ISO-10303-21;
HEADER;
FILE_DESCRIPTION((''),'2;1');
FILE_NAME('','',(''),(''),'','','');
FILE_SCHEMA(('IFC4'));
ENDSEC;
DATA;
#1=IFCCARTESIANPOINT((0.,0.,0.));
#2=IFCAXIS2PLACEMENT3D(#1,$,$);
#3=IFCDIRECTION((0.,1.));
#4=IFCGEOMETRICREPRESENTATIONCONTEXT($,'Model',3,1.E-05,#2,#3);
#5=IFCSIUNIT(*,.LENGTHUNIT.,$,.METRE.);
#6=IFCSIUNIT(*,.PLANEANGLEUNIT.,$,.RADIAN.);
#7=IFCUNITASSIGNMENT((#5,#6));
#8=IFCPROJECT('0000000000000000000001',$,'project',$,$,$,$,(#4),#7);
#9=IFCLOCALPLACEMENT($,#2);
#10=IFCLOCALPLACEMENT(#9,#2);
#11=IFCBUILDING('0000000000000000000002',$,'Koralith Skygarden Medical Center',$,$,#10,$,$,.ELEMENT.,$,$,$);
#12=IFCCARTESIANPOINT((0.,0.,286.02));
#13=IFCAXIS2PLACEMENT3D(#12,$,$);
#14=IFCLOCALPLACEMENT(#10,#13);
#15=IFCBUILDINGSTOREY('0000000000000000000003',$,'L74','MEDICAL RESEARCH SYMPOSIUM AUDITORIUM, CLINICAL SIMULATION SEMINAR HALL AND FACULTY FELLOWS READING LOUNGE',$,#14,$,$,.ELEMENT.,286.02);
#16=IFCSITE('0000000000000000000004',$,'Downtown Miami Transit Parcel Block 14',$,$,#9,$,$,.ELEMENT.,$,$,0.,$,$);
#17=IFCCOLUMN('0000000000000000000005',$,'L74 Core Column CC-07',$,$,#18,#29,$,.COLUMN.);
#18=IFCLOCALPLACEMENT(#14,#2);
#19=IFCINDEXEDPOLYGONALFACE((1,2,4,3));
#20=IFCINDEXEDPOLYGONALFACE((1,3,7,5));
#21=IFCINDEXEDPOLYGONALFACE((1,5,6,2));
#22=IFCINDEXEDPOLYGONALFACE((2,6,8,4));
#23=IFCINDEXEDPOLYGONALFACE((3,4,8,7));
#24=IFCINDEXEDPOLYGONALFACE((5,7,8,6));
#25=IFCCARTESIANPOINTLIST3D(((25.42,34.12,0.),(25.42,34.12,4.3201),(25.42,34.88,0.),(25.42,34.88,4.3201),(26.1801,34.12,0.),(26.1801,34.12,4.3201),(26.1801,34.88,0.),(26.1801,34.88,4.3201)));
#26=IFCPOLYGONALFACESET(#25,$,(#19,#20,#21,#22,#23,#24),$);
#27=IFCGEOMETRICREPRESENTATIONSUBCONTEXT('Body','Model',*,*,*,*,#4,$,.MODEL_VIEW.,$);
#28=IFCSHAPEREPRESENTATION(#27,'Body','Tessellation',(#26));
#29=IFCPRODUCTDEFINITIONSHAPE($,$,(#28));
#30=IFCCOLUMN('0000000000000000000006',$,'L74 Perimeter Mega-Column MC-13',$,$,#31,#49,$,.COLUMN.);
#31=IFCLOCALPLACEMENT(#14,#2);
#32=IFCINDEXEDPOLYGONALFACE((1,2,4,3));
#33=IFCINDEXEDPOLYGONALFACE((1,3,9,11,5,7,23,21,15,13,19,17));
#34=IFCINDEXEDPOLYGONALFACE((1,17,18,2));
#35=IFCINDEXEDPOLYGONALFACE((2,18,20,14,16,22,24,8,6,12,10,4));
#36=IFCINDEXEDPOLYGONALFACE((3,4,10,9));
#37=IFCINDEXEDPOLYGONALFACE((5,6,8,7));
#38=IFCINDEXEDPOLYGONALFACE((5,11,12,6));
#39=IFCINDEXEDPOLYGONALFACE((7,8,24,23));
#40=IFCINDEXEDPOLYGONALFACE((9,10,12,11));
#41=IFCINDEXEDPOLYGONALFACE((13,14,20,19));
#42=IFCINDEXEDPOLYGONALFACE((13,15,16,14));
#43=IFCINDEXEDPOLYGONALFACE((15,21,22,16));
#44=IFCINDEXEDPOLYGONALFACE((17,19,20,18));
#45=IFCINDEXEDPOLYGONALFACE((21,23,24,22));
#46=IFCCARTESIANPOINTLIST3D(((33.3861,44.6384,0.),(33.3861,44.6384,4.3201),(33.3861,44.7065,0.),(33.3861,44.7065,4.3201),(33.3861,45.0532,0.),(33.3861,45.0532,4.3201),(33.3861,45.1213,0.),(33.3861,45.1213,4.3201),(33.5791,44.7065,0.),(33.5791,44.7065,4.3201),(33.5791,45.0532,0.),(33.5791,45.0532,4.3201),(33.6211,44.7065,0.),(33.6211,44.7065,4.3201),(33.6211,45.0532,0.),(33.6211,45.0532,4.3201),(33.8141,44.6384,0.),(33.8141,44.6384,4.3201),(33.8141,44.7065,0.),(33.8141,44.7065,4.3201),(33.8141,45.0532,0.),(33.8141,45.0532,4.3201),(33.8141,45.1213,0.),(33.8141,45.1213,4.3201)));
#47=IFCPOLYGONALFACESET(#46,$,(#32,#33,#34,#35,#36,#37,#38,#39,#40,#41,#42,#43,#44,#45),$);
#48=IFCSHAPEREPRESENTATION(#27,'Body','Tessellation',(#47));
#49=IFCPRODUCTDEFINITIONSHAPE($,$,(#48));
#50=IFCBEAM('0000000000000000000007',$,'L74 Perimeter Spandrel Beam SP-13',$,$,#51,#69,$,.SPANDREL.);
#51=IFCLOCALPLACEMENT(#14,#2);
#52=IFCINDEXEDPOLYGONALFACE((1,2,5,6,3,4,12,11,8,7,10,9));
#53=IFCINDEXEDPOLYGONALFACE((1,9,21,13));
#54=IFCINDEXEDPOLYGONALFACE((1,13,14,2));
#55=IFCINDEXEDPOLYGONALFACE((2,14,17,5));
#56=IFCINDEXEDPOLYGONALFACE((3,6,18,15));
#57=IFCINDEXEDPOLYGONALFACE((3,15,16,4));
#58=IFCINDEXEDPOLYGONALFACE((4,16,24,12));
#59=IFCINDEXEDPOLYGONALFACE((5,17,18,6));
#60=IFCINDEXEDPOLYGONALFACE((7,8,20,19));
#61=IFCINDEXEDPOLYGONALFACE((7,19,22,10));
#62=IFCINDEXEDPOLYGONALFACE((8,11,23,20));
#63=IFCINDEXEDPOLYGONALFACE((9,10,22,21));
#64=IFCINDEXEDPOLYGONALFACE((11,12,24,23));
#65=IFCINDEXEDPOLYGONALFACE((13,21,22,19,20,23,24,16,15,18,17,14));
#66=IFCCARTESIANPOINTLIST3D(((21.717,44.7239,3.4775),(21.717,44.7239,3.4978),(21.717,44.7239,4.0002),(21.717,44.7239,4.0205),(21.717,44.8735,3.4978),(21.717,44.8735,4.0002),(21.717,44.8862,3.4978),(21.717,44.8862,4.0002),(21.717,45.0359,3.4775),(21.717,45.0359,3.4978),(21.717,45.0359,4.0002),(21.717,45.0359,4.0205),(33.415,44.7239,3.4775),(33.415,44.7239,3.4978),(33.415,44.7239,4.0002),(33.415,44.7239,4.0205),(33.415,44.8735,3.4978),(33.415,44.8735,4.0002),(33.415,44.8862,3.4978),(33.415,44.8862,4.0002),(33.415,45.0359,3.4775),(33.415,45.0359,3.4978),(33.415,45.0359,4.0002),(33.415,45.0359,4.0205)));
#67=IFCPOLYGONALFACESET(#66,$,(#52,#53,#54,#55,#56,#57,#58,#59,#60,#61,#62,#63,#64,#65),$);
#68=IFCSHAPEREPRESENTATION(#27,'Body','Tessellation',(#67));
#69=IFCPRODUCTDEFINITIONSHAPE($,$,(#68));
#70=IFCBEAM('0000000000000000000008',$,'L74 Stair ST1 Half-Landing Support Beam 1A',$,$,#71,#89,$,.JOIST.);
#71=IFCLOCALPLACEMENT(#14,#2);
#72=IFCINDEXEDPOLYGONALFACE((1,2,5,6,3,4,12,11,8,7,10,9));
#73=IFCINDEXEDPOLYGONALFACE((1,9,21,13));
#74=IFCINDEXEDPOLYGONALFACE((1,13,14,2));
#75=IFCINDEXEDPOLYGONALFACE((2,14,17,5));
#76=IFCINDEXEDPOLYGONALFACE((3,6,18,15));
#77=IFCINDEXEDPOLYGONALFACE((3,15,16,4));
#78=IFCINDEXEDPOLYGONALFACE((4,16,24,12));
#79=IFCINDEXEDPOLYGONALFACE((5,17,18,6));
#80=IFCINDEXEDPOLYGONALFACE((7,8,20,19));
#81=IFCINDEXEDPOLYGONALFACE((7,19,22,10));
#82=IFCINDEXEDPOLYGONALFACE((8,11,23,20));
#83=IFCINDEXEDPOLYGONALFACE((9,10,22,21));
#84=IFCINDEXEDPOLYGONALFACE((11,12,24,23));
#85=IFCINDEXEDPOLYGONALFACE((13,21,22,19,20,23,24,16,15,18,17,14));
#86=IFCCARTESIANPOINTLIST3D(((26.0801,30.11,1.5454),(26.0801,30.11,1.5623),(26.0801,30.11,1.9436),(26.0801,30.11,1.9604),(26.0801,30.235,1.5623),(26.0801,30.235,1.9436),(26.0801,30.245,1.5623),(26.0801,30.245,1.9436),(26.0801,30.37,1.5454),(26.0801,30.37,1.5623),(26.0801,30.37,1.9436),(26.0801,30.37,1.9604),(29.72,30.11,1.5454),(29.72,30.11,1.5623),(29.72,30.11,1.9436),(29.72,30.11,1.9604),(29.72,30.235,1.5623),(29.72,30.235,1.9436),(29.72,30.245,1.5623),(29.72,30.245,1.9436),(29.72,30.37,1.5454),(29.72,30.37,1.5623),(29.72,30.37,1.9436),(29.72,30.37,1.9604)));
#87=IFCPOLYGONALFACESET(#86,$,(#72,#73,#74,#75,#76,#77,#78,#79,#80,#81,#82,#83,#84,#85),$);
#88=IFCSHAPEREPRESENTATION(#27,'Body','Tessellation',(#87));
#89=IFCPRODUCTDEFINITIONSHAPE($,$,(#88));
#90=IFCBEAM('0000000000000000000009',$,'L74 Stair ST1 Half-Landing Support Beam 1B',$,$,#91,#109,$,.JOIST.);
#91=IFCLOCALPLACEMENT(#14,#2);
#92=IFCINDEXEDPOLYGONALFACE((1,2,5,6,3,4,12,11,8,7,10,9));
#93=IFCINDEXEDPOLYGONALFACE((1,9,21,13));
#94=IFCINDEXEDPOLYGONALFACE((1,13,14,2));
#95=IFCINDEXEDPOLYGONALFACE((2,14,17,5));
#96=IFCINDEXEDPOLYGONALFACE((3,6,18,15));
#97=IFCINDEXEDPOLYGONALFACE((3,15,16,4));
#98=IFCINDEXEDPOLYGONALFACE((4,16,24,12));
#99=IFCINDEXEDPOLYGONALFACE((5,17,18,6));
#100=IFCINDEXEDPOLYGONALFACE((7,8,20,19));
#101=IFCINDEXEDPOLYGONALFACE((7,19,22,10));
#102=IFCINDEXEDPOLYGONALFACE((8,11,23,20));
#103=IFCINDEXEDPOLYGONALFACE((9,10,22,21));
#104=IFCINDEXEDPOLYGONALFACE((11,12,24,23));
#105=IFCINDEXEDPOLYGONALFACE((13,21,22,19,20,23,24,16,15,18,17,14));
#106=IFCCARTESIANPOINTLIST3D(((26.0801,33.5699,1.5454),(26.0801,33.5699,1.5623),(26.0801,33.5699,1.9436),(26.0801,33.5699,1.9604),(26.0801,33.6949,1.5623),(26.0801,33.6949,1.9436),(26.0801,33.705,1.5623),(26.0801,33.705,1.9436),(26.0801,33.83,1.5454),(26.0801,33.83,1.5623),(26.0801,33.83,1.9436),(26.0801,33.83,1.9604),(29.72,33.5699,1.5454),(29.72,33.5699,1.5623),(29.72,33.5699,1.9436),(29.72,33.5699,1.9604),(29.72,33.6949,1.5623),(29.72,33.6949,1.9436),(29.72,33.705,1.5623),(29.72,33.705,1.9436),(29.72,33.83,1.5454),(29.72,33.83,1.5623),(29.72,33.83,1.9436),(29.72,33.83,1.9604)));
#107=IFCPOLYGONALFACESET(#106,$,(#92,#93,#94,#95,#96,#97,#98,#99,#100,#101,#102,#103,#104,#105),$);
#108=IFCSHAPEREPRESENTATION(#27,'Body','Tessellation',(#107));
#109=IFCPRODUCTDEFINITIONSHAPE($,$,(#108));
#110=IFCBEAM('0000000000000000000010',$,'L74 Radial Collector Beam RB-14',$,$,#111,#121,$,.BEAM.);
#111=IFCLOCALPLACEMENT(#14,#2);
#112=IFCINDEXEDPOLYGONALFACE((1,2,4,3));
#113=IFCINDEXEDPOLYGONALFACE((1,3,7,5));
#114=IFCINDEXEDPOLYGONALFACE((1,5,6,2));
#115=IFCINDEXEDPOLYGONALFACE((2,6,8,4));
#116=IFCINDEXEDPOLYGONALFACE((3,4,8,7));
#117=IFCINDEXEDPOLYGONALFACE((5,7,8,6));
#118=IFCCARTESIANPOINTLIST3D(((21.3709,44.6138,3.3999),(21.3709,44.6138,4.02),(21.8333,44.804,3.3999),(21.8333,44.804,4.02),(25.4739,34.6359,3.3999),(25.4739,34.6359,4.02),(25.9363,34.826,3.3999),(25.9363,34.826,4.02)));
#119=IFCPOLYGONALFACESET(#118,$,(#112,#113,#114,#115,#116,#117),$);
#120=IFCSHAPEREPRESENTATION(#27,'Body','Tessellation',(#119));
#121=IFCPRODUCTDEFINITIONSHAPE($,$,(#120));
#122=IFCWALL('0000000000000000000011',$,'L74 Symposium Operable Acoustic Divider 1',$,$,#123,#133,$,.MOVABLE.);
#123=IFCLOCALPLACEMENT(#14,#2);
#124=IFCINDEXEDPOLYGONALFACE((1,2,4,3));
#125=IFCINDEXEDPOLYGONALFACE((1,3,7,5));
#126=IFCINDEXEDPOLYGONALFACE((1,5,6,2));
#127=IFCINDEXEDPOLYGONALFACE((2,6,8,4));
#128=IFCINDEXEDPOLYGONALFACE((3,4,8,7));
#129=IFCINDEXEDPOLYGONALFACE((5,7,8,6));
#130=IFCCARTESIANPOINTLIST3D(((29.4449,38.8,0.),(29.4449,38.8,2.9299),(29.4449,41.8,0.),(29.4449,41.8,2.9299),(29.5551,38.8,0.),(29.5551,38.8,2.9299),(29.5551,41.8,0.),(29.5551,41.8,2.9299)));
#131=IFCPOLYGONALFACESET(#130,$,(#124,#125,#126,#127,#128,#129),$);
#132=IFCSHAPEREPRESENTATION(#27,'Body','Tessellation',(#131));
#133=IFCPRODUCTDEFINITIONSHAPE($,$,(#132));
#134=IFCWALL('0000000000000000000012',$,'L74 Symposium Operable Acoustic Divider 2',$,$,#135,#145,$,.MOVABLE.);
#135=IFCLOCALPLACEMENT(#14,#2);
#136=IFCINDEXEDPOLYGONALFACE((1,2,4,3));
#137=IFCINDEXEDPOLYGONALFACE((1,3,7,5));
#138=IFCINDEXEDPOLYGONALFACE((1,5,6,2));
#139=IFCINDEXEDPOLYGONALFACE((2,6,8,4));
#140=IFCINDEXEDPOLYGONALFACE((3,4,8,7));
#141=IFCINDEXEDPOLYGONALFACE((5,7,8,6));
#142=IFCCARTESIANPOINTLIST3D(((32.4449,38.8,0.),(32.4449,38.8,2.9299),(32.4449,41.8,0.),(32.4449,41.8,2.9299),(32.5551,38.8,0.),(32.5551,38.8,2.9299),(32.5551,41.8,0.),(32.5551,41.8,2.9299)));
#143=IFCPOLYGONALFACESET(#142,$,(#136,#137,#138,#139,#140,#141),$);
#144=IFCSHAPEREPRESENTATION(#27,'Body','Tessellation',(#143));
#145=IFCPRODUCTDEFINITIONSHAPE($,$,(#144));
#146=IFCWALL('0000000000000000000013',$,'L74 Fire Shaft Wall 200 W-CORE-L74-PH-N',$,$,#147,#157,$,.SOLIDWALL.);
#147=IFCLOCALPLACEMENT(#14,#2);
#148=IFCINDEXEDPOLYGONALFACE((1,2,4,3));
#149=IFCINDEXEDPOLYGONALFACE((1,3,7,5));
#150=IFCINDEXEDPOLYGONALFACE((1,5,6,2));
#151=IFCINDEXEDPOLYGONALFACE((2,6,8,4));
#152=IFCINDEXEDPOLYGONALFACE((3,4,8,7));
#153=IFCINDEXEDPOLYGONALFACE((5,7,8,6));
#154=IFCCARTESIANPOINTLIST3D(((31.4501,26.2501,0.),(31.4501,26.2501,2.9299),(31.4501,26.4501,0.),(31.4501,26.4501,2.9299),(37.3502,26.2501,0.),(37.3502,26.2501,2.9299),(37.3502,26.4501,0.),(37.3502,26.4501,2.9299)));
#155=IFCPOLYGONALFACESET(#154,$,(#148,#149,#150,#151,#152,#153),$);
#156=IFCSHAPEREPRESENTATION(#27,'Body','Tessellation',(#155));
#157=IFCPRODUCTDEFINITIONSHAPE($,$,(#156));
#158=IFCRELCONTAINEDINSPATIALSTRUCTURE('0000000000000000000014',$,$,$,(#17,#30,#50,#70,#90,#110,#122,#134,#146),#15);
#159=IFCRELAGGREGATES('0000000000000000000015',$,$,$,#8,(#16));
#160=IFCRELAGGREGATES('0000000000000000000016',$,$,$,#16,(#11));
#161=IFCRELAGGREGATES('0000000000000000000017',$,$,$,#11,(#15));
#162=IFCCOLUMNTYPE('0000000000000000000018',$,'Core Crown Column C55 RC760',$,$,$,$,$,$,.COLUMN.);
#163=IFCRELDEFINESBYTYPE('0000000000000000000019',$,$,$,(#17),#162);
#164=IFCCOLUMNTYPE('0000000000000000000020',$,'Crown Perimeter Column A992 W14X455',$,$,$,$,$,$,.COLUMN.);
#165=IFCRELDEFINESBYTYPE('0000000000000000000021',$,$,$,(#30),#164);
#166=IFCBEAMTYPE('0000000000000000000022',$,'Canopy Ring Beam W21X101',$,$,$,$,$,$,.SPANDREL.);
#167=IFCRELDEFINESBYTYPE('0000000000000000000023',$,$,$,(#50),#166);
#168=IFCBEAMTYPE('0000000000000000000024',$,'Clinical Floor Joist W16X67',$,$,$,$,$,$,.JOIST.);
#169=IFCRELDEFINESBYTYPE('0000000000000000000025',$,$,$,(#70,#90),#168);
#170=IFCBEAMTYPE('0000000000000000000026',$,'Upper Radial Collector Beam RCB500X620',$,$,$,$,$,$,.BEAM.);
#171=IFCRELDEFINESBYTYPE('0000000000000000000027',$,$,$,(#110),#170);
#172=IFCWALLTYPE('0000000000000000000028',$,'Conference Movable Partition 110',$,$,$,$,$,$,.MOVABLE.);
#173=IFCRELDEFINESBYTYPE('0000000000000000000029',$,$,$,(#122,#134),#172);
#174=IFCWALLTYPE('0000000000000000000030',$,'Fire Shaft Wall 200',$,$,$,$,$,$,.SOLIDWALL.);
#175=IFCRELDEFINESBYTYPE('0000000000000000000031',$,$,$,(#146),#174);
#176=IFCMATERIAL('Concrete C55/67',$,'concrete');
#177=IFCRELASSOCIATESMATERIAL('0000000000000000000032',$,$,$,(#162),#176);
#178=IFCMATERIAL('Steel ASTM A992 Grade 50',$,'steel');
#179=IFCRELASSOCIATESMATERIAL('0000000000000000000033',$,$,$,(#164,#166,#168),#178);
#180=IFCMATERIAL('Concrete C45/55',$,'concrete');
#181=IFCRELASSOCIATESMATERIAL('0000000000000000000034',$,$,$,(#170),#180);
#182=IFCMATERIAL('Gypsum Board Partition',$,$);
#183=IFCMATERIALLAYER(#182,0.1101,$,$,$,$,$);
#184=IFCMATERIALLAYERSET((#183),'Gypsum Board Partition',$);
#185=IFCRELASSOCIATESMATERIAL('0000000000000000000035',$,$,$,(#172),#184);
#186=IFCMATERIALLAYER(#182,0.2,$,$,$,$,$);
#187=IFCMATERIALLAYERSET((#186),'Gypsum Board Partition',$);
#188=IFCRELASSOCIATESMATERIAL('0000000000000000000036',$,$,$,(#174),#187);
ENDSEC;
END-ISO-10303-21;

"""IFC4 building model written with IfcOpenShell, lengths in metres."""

from ifc_helpers import new_model, si_unit, direction, frame, frame_2d, origin, origin_2d, place, context, subcontext, project, spatial, rectangle, i_section, extrude, material, layer, layer_set, material_profile, profile_set, type_object, element, save


model = new_model("IFC4")

# Units and contexts
model_context = context("Model", 3, precision=1e-05, world=origin(), true_north=direction((0.0, 1.0)))
body_context = subcontext(model_context, "Body", "Model", "MODEL_VIEW")
ifc_project = project(units=[si_unit("LENGTHUNIT", "METRE"), si_unit("PLANEANGLEUNIT", "RADIAN")], contexts=[model_context])

# Site, building, storey
site_placement = place(None, origin())
site = spatial("IfcSite", under=ifc_project, at=site_placement, Name="Downtown Miami Transit Parcel Block 14", CompositionType="ELEMENT", RefElevation=0.0)
building_placement = place(site_placement, origin())
building = spatial("IfcBuilding", under=site, at=building_placement, Name="Koralith Skygarden Medical Center", CompositionType="ELEMENT")
storey_placement = place(building_placement, frame((0.0, 0.0, 286.02)))
storey = spatial("IfcBuildingStorey", under=building, at=storey_placement, Name="L74", Description="MEDICAL RESEARCH SYMPOSIUM AUDITORIUM, CLINICAL SIMULATION SEMINAR HALL AND FACULTY FELLOWS READING LOUNGE", CompositionType="ELEMENT", Elevation=286.02)

# Columns
ifc_material_1 = material(Name="Concrete C55/67", Category="concrete")
ifc_material_profile_1 = material_profile(ifc_material_1, rectangle(XDim=0.76, YDim=0.76, at=origin_2d()), Name="RC760X760")
ifc_profile_set_1 = profile_set([ifc_material_profile_1], Name="Concrete C55/67")
column_type_1 = type_object("IfcColumnType", Name="Core Crown Column C55 RC760", PredefinedType="COLUMN", material=ifc_profile_set_1)
column_1_placement = place(storey_placement, frame((25.8, 34.5, 0.0), z_axis=(0.0, 0.0, 1.0), x_axis=(1.0, 0.0, 0.0)))
element("IfcColumn", 1, at=column_1_placement, inside=storey, type_object=column_type_1, Name="L74 Core Column CC-07", PredefinedType="COLUMN", context=body_context, shape_type="SweptSolid", body=[
    extrude(rectangle(XDim=0.76, YDim=0.76, at=origin_2d()), origin(), (0.0, 0.0, 1.0), 4.3201),
])
ifc_material_2 = material(Name="Steel ASTM A992 Grade 50", Category="steel")
ifc_material_profile_2 = material_profile(ifc_material_2, i_section(OverallWidth=0.428, OverallDepth=0.4829, WebThickness=0.042, FlangeThickness=0.0681, at=origin_2d()), Name="W14X455")
ifc_profile_set_2 = profile_set([ifc_material_profile_2], Name="Steel ASTM A992 Grade 50")
column_type_2 = type_object("IfcColumnType", Name="Crown Perimeter Column A992 W14X455", PredefinedType="COLUMN", material=ifc_profile_set_2)
column_2_placement = place(storey_placement, frame((33.6001, 44.8799, 0.0), z_axis=(0.0, 0.0, 1.0), x_axis=(1.0, 0.0, 0.0)))
element("IfcColumn", 2, at=column_2_placement, inside=storey, type_object=column_type_2, Name="L74 Perimeter Mega-Column MC-13", PredefinedType="COLUMN", context=body_context, shape_type="SweptSolid", body=[
    extrude(i_section(OverallWidth=0.428, OverallDepth=0.4829, WebThickness=0.042, FlangeThickness=0.0681, at=origin_2d()), origin(), (0.0, 0.0, 1.0), 4.3201),
])

# Beams
ifc_material_profile_3 = material_profile(ifc_material_2, i_section(OverallWidth=0.312, OverallDepth=0.543, WebThickness=0.0127, FlangeThickness=0.0203, at=origin_2d()), Name="W21X101")
ifc_profile_set_3 = profile_set([ifc_material_profile_3], Name="Steel ASTM A992 Grade 50")
beam_type_1 = type_object("IfcBeamType", Name="Canopy Ring Beam W21X101", PredefinedType="SPANDREL", material=ifc_profile_set_3)
beam_1_placement = place(storey_placement, frame((33.415, 44.8799, 3.749), z_axis=(-1.0, 0.0, 0.0), x_axis=(0.0, -1.0, 0.0)))
element("IfcBeam", 3, at=beam_1_placement, inside=storey, type_object=beam_type_1, Name="L74 Perimeter Spandrel Beam SP-13", PredefinedType="SPANDREL", context=body_context, shape_type="SweptSolid", body=[
    extrude(i_section(OverallWidth=0.312, OverallDepth=0.543, WebThickness=0.0127, FlangeThickness=0.0203, at=origin_2d()), origin(), (0.0, 0.0, 1.0), 11.698),
])
ifc_material_profile_4 = material_profile(ifc_material_2, i_section(OverallWidth=0.26, OverallDepth=0.415, WebThickness=0.01, FlangeThickness=0.0168, at=origin_2d()), Name="W16X67")
ifc_profile_set_4 = profile_set([ifc_material_profile_4], Name="Steel ASTM A992 Grade 50")
beam_type_2 = type_object("IfcBeamType", Name="Clinical Floor Joist W16X67", PredefinedType="JOIST", material=ifc_profile_set_4)
for number, where, z_axis, x_axis, name in (
    (4, (26.0801, 30.24, 1.7529), (1.0, 0.0, 0.0), (0.0, 1.0, 0.0), "L74 Stair ST1 Half-Landing Support Beam 1A"),
    (5, (26.0801, 33.7, 1.7529), (1.0, 0.0, 0.0), (0.0, 1.0, 0.0), "L74 Stair ST1 Half-Landing Support Beam 1B"),
):
    element("IfcBeam", number, at=place(storey_placement, frame(where, z_axis=z_axis, x_axis=x_axis)), inside=storey, type_object=beam_type_2, Name=name, PredefinedType="JOIST", context=body_context, shape_type="SweptSolid", body=[
        extrude(i_section(OverallWidth=0.26, OverallDepth=0.415, WebThickness=0.01, FlangeThickness=0.0168, at=origin_2d()), origin(), (0.0, 0.0, 1.0), 3.6399),
    ])
ifc_material_3 = material(Name="Concrete C45/55", Category="concrete")
ifc_material_profile_5 = material_profile(ifc_material_3, rectangle(XDim=0.5, YDim=0.6201, at=origin_2d()), Name="RCB500X620")
ifc_profile_set_5 = profile_set([ifc_material_profile_5], Name="Concrete C45/55")
beam_type_3 = type_object("IfcBeamType", Name="Upper Radial Collector Beam RCB500X620", PredefinedType="BEAM", material=ifc_profile_set_5)
beam_2_placement = place(storey_placement, frame((25.7051, 34.731, 3.71), z_axis=(-0.380308, 0.92486, 0.0), x_axis=(-0.92486, -0.380308, 0.0)))
element("IfcBeam", 6, at=beam_2_placement, inside=storey, type_object=beam_type_3, Name="L74 Radial Collector Beam RB-14", PredefinedType="BEAM", context=body_context, shape_type="SweptSolid", body=[
    extrude(rectangle(XDim=0.5, YDim=0.6201, at=origin_2d()), origin(), (0.0, 0.0, 1.0), 10.7886),
])

# Walls
ifc_material_4 = material(Name="Gypsum Board Partition")
ifc_layer_1 = layer(ifc_material_4, 0.1101)
ifc_layer_set_1 = layer_set([ifc_layer_1], Name="Gypsum Board Partition")
wall_type_1 = type_object("IfcWallType", Name="Conference Movable Partition 110", PredefinedType="MOVABLE", material=ifc_layer_set_1)
for number, where, z_axis, x_axis, name in (
    (7, (29.5, 38.8, 0.0), (0.0, 0.0, 1.0), (0.0, 1.0, 0.0), "L74 Symposium Operable Acoustic Divider 1"),
    (8, (32.5, 38.8, 0.0), (0.0, 0.0, 1.0), (0.0, 1.0, 0.0), "L74 Symposium Operable Acoustic Divider 2"),
):
    element("IfcWall", number, at=place(storey_placement, frame(where, z_axis=z_axis, x_axis=x_axis)), inside=storey, type_object=wall_type_1, Name=name, PredefinedType="MOVABLE", context=body_context, shape_type="SweptSolid", body=[
        extrude(rectangle(XDim=3.0, YDim=0.1101, at=frame_2d((1.5, 0.0))), origin(), (0.0, 0.0, 1.0), 2.9299),
    ])
ifc_layer_2 = layer(ifc_material_4, 0.2)
ifc_layer_set_2 = layer_set([ifc_layer_2], Name="Gypsum Board Partition")
wall_type_2 = type_object("IfcWallType", Name="Fire Shaft Wall 200", PredefinedType="SOLIDWALL", material=ifc_layer_set_2)
wall_1_placement = place(storey_placement, frame((31.45, 26.3501, 0.0), z_axis=(0.0, 0.0, 1.0), x_axis=(1.0, 0.0, 0.0)))
element("IfcWall", 9, at=wall_1_placement, inside=storey, type_object=wall_type_2, Name="L74 Fire Shaft Wall 200 W-CORE-L74-PH-N", PredefinedType="SOLIDWALL", context=body_context, shape_type="SweptSolid", body=[
    extrude(rectangle(XDim=5.9001, YDim=0.2, at=frame_2d((2.9502, 0.0))), origin(), (0.0, 0.0, 1.0), 2.9299),
])

save(model, "model.ifc")
